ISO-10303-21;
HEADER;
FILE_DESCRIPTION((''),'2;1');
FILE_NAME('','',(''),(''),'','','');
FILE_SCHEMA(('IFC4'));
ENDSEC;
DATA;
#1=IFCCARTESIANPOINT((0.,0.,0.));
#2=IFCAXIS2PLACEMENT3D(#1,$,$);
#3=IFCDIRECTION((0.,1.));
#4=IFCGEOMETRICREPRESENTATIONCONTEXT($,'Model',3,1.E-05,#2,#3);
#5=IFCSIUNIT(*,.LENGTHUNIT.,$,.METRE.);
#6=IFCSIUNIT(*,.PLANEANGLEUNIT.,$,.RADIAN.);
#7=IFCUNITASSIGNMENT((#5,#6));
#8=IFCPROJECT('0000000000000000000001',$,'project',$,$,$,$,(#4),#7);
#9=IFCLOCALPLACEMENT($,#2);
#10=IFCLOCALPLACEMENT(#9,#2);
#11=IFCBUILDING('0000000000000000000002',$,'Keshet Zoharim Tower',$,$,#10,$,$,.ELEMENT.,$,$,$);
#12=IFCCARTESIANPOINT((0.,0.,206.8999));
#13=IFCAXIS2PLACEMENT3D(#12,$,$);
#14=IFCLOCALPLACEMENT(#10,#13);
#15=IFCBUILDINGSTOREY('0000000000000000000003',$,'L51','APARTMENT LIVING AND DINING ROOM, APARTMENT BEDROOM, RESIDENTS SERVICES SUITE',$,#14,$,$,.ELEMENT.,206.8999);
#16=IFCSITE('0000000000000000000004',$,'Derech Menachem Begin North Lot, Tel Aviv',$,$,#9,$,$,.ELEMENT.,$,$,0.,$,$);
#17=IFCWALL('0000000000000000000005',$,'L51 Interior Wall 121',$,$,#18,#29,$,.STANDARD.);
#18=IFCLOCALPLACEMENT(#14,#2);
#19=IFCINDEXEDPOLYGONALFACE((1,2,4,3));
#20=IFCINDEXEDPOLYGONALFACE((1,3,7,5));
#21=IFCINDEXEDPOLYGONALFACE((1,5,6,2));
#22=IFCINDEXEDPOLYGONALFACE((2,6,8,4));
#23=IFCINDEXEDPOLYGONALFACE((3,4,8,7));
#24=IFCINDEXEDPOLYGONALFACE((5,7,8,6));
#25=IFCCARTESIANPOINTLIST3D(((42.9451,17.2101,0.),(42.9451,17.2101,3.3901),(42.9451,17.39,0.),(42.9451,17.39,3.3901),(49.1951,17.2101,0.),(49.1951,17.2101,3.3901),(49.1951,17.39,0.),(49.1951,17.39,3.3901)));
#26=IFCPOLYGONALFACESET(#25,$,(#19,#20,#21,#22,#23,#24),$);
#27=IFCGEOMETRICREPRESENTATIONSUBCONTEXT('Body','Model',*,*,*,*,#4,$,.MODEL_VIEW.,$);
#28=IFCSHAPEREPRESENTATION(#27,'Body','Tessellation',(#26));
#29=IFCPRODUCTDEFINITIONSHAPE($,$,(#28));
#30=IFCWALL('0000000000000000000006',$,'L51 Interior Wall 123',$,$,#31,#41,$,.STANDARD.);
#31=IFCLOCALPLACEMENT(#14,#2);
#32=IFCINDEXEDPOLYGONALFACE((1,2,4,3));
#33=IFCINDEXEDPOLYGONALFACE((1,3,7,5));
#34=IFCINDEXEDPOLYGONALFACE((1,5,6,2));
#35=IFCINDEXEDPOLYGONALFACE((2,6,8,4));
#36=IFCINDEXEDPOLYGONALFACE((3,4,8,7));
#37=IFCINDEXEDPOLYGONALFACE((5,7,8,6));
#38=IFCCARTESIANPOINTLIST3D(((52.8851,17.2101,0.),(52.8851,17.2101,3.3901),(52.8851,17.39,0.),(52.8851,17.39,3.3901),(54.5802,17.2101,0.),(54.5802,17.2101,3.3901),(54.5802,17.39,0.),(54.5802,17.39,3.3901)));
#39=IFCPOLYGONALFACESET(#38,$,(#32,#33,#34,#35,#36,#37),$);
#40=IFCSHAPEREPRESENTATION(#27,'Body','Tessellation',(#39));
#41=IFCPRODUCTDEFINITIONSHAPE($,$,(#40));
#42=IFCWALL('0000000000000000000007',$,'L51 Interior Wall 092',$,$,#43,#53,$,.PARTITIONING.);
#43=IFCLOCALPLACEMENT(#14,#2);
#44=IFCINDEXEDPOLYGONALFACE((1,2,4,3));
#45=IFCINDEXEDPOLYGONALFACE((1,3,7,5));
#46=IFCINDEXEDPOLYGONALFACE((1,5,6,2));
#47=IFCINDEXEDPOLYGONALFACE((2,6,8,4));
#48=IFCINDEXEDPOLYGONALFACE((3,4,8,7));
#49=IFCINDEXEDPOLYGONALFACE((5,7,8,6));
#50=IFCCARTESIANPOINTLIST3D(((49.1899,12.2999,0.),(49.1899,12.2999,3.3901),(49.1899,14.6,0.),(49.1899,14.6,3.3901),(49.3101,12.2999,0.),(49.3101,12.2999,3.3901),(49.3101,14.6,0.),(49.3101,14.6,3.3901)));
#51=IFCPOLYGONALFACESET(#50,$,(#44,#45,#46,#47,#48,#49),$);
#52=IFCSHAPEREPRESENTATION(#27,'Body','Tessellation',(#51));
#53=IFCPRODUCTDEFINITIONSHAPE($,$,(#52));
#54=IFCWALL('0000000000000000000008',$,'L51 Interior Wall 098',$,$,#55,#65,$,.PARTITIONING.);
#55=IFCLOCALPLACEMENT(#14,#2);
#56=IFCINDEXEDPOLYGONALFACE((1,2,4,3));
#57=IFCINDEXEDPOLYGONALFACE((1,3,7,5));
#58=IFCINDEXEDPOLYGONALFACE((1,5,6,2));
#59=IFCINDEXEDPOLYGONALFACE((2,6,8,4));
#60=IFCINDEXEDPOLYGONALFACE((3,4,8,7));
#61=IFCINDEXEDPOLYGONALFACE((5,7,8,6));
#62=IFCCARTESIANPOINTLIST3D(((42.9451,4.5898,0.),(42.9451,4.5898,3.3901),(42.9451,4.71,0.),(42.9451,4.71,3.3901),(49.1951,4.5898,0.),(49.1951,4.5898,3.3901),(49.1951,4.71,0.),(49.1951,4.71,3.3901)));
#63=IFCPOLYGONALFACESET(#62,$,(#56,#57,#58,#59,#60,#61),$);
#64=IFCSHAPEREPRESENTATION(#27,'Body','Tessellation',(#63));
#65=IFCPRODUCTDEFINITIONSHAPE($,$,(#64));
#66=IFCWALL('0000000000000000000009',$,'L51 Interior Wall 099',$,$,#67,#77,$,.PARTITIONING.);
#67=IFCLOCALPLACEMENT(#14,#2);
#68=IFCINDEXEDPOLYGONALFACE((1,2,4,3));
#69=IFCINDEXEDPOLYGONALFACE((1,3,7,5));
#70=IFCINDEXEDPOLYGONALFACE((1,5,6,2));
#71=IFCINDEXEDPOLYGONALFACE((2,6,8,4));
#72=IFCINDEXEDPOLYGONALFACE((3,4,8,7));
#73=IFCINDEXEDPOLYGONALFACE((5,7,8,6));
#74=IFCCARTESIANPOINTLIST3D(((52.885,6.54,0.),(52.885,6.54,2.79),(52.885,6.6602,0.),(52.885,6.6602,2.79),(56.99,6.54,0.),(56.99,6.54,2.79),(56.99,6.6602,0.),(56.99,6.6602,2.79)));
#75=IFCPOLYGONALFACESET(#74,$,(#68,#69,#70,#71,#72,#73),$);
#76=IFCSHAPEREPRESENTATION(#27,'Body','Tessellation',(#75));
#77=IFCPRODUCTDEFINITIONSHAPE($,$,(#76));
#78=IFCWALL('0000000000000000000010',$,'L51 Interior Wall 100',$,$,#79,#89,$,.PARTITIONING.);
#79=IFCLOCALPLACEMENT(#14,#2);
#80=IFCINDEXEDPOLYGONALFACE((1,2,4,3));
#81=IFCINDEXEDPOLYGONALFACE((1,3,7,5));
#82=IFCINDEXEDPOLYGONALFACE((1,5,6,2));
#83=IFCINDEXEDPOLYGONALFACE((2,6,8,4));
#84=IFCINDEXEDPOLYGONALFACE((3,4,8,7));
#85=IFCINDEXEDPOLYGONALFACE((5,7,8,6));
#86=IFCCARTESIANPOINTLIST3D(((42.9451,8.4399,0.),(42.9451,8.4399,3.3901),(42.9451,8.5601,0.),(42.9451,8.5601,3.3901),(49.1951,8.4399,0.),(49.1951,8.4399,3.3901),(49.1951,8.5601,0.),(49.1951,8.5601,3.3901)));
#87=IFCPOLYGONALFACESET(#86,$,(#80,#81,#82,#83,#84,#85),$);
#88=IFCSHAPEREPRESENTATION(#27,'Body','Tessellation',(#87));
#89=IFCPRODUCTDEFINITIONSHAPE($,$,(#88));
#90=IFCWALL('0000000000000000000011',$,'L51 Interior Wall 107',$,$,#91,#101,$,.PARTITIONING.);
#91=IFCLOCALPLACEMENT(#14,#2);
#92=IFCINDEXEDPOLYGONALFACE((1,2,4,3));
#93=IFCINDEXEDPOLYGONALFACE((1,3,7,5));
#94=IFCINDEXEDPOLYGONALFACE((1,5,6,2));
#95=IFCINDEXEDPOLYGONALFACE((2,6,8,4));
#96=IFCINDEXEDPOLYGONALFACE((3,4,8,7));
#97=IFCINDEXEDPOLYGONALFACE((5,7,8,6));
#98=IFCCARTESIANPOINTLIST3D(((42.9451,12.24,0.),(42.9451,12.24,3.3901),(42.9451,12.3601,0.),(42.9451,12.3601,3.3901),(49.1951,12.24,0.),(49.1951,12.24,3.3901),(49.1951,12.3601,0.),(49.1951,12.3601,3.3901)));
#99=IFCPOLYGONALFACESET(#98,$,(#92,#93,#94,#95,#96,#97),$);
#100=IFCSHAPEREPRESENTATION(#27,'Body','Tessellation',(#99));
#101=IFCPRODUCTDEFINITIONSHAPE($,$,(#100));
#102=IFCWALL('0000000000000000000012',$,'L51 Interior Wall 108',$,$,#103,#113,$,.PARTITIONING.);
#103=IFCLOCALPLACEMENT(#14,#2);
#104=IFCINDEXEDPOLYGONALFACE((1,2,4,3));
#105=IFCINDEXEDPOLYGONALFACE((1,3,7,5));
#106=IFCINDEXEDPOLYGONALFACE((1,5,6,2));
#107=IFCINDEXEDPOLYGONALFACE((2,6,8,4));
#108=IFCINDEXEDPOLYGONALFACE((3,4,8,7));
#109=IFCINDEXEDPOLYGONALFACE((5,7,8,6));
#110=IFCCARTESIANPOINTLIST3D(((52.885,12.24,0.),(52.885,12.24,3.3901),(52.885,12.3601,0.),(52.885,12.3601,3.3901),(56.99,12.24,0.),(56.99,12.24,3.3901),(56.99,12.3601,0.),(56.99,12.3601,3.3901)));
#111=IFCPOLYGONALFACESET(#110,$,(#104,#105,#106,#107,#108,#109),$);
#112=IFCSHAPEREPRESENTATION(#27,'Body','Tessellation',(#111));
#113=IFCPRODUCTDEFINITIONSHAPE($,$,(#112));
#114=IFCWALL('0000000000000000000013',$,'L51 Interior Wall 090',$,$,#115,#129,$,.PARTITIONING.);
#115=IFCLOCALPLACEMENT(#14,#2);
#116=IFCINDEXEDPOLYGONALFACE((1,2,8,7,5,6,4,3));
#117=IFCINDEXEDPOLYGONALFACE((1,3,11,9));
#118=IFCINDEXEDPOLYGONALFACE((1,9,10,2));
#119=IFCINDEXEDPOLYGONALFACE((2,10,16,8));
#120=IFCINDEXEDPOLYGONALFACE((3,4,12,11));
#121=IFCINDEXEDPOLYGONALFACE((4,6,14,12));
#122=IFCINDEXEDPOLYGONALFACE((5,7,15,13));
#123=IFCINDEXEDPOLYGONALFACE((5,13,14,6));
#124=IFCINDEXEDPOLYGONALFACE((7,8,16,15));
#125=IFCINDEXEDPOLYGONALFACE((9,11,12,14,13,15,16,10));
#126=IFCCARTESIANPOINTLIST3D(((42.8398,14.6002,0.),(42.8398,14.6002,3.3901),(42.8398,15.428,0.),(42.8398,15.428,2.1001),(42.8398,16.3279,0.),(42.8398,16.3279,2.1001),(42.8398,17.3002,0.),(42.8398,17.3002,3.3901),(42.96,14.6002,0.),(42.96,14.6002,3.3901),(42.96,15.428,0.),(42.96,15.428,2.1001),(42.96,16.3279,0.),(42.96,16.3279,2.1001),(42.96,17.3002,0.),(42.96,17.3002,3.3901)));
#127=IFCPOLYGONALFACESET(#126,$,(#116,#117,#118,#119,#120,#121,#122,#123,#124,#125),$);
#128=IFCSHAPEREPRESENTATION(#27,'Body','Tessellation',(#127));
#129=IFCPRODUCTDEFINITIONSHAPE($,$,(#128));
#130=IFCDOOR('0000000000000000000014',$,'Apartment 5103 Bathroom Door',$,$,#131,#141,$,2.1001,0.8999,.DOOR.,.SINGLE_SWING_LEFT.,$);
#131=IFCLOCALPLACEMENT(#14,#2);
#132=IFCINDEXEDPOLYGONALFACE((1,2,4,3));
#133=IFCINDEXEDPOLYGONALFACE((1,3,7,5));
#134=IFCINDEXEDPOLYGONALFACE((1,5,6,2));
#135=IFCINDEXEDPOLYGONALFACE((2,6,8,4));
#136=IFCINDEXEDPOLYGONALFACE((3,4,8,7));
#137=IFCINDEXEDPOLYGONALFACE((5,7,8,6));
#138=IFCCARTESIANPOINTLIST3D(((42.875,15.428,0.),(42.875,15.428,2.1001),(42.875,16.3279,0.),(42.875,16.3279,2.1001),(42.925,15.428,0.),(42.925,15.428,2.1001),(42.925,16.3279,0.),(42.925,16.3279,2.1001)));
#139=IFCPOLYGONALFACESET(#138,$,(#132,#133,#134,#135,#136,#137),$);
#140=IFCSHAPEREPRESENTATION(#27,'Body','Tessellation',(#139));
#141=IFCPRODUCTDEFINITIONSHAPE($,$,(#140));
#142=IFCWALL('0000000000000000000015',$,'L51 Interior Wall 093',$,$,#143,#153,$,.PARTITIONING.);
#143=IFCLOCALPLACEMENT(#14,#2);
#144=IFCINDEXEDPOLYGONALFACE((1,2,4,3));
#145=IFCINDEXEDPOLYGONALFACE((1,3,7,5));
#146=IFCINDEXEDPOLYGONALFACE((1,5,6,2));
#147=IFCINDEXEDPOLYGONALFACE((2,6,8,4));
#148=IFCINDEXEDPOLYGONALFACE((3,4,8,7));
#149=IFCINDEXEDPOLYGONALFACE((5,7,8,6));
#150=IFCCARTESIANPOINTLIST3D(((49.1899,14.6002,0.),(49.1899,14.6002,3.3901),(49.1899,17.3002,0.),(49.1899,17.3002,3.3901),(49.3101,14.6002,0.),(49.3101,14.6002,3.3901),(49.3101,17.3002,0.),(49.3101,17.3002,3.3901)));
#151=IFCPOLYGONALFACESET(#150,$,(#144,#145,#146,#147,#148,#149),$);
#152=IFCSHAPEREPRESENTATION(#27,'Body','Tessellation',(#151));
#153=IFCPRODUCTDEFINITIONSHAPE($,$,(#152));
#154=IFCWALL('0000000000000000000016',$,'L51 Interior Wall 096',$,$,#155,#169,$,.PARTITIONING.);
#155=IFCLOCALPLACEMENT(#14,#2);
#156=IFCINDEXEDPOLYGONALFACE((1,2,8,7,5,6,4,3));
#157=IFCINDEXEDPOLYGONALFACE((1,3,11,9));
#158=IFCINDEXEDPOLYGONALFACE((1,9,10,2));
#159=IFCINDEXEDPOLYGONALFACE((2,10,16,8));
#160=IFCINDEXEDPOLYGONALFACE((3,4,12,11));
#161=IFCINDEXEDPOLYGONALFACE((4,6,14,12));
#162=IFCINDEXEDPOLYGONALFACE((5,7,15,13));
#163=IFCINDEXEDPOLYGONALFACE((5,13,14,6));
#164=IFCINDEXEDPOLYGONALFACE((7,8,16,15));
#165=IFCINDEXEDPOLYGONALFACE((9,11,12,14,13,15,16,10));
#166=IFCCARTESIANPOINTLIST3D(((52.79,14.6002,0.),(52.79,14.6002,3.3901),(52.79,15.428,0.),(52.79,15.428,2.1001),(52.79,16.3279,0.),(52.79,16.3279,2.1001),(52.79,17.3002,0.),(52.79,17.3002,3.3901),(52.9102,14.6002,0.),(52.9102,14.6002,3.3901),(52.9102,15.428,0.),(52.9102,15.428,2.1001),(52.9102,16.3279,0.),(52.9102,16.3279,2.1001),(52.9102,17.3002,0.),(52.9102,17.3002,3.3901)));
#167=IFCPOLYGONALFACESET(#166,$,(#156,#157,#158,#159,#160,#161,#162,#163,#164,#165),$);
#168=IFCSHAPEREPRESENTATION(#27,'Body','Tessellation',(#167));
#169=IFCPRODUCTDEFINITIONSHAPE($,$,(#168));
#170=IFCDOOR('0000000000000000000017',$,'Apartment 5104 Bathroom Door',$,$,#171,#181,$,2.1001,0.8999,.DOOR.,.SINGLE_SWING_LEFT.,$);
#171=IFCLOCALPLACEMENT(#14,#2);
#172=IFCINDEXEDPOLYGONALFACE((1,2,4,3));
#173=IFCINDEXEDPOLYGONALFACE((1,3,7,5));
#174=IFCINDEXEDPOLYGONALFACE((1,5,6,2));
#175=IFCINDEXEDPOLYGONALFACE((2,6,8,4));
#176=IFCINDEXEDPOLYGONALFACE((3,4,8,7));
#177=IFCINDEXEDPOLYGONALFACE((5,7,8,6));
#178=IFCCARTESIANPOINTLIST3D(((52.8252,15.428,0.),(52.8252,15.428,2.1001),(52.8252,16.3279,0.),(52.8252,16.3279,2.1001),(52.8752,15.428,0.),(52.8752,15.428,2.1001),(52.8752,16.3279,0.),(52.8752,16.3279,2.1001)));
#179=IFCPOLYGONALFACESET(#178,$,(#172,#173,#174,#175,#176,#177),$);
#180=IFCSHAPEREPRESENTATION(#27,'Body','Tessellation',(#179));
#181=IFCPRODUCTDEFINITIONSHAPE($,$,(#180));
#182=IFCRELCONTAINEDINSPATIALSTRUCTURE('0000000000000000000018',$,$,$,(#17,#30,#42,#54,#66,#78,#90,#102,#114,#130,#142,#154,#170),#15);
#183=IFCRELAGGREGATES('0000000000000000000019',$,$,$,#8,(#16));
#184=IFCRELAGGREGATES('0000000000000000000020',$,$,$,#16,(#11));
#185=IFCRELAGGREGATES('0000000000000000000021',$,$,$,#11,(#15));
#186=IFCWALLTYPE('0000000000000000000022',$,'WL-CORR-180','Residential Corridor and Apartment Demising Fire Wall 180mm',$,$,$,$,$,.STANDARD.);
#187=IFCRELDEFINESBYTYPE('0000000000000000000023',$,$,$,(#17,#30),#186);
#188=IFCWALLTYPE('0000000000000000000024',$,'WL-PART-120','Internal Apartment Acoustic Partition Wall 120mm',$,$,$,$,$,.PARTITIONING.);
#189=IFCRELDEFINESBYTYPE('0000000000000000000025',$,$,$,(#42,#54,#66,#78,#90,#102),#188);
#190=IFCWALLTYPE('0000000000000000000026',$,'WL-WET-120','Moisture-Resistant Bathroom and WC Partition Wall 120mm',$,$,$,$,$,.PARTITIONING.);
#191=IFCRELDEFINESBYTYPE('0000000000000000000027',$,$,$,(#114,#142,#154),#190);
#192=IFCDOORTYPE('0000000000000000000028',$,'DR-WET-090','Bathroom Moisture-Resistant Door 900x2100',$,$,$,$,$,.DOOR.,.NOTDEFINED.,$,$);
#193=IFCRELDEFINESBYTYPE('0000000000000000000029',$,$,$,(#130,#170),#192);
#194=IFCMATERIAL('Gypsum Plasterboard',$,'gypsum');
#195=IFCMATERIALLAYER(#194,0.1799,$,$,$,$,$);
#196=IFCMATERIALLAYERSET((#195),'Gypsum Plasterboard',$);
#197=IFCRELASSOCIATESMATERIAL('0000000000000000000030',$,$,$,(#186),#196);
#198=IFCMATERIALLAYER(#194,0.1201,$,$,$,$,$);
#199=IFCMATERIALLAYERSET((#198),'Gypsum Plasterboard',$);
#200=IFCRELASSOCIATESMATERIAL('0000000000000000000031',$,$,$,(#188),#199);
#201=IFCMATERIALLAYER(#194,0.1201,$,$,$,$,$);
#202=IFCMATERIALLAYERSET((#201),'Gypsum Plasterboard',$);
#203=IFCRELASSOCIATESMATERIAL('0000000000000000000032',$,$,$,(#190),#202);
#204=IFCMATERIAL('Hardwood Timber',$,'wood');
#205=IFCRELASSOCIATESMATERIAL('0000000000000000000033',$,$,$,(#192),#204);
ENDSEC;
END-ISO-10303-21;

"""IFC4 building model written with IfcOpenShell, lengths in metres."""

from ifc_helpers import new_model, si_unit, direction, frame, frame_2d, origin, place, context, subcontext, project, spatial, rectangle, extrude, material, layer, layer_set, type_object, element, fill, save


model = new_model("IFC4")

# Units and contexts
model_context = context("Model", 3, precision=1e-05, world=origin(), true_north=direction((0.0, 1.0)))
body_context = subcontext(model_context, "Body", "Model", "MODEL_VIEW")
ifc_project = project(units=[si_unit("LENGTHUNIT", "METRE"), si_unit("PLANEANGLEUNIT", "RADIAN")], contexts=[model_context])

# Site, building, storey
site_placement = place(None, origin())
site = spatial("IfcSite", under=ifc_project, at=site_placement, Name="Derech Menachem Begin North Lot, Tel Aviv", CompositionType="ELEMENT", RefElevation=0.0)
building_placement = place(site_placement, origin())
building = spatial("IfcBuilding", under=site, at=building_placement, Name="Keshet Zoharim Tower", CompositionType="ELEMENT")
storey_placement = place(building_placement, frame((0.0, 0.0, 206.8999)))
storey = spatial("IfcBuildingStorey", under=building, at=storey_placement, Name="L51", Description="APARTMENT LIVING AND DINING ROOM, APARTMENT BEDROOM, RESIDENTS SERVICES SUITE", CompositionType="ELEMENT", Elevation=206.8999)

# Wall
ifc_material_1 = material(Name="Gypsum Plasterboard", Category="gypsum")
ifc_layer_1 = layer(ifc_material_1, 0.1799)
ifc_layer_set_1 = layer_set([ifc_layer_1], Name="Gypsum Plasterboard")
wall_type_1 = type_object("IfcWallType", Name="WL-CORR-180", Description="Residential Corridor and Apartment Demising Fire Wall 180mm", PredefinedType="STANDARD", material=ifc_layer_set_1)
wall_1_placement = place(storey_placement, frame((42.9451, 17.3, 0.0), z_axis=(0.0, 0.0, 1.0), x_axis=(1.0, 0.0, 0.0)))
element("IfcWall", 1, at=wall_1_placement, inside=storey, type_object=wall_type_1, Name="L51 Interior Wall 121", PredefinedType="STANDARD", context=body_context, shape_type="SweptSolid", body=[
    extrude(rectangle(XDim=6.25, YDim=0.1799, at=frame_2d((3.125, 0.0))), origin(), (0.0, 0.0, 1.0), 3.3901),
])

# Shared definitions
ifc_material_2 = material(Name="Hardwood Timber", Category="wood")

# Walls
wall_2_placement = place(storey_placement, frame((52.885, 17.3, 0.0), z_axis=(0.0, 0.0, 1.0), x_axis=(1.0, 0.0, 0.0)))
element("IfcWall", 2, at=wall_2_placement, inside=storey, type_object=wall_type_1, Name="L51 Interior Wall 123", PredefinedType="STANDARD", context=body_context, shape_type="SweptSolid", body=[
    extrude(rectangle(XDim=1.6951, YDim=0.1799, at=frame_2d((0.8477, 0.0))), origin(), (0.0, 0.0, 1.0), 3.3901),
])
ifc_layer_2 = layer(ifc_material_1, 0.1201)
ifc_layer_set_2 = layer_set([ifc_layer_2], Name="Gypsum Plasterboard")
wall_type_2 = type_object("IfcWallType", Name="WL-PART-120", Description="Internal Apartment Acoustic Partition Wall 120mm", PredefinedType="PARTITIONING", material=ifc_layer_set_2)
wall_3_placement = place(storey_placement, frame((49.25, 12.3, 0.0), z_axis=(0.0, 0.0, 1.0), x_axis=(0.0, 1.0, 0.0)))
element("IfcWall", 3, at=wall_3_placement, inside=storey, type_object=wall_type_2, Name="L51 Interior Wall 092", PredefinedType="PARTITIONING", context=body_context, shape_type="SweptSolid", body=[
    extrude(rectangle(XDim=2.3, YDim=0.1201, at=frame_2d((1.1499, 0.0))), origin(), (0.0, 0.0, 1.0), 3.3901),
])

# Walls
wall_4_placement = place(storey_placement, frame((42.9451, 4.6499, 0.0), z_axis=(0.0, 0.0, 1.0), x_axis=(1.0, 0.0, 0.0)))
element("IfcWall", 4, at=wall_4_placement, inside=storey, type_object=wall_type_2, Name="L51 Interior Wall 098", PredefinedType="PARTITIONING", context=body_context, shape_type="SweptSolid", body=[
    extrude(rectangle(XDim=6.25, YDim=0.1201, at=frame_2d((3.125, 0.0))), origin(), (0.0, 0.0, 1.0), 3.3901),
])
wall_5_placement = place(storey_placement, frame((52.885, 6.6001, 0.0), z_axis=(0.0, 0.0, 1.0), x_axis=(1.0, 0.0, 0.0)))
element("IfcWall", 5, at=wall_5_placement, inside=storey, type_object=wall_type_2, Name="L51 Interior Wall 099", PredefinedType="PARTITIONING", context=body_context, shape_type="SweptSolid", body=[
    extrude(rectangle(XDim=4.105, YDim=0.1201, at=frame_2d((2.0525, 0.0))), origin(), (0.0, 0.0, 1.0), 2.79),
])
for number, where, z_axis, x_axis, name in (
    (6, (42.9451, 8.5, 0.0), (0.0, 0.0, 1.0), (1.0, 0.0, 0.0), "L51 Interior Wall 100"),
    (7, (42.9451, 12.3, 0.0), (0.0, 0.0, 1.0), (1.0, 0.0, 0.0), "L51 Interior Wall 107"),
):
    element("IfcWall", number, at=place(storey_placement, frame(where, z_axis=z_axis, x_axis=x_axis)), inside=storey, type_object=wall_type_2, Name=name, PredefinedType="PARTITIONING", context=body_context, shape_type="SweptSolid", body=[
        extrude(rectangle(XDim=6.25, YDim=0.1201, at=frame_2d((3.125, 0.0))), origin(), (0.0, 0.0, 1.0), 3.3901),
    ])
wall_6_placement = place(storey_placement, frame((52.885, 12.3, 0.0), z_axis=(0.0, 0.0, 1.0), x_axis=(1.0, 0.0, 0.0)))
element("IfcWall", 8, at=wall_6_placement, inside=storey, type_object=wall_type_2, Name="L51 Interior Wall 108", PredefinedType="PARTITIONING", context=body_context, shape_type="SweptSolid", body=[
    extrude(rectangle(XDim=4.105, YDim=0.1201, at=frame_2d((2.0525, 0.0))), origin(), (0.0, 0.0, 1.0), 3.3901),
])

# Wall, opening, door
ifc_layer_3 = layer(ifc_material_1, 0.1201)
ifc_layer_set_3 = layer_set([ifc_layer_3], Name="Gypsum Plasterboard")
wall_type_3 = type_object("IfcWallType", Name="WL-WET-120", Description="Moisture-Resistant Bathroom and WC Partition Wall 120mm", PredefinedType="PARTITIONING", material=ifc_layer_set_3)
wall_7_placement = place(storey_placement, frame((42.8999, 14.6001, 0.0), z_axis=(0.0, 0.0, 1.0), x_axis=(0.0, 1.0, 0.0)))
wall_7 = element("IfcWall", 9, at=wall_7_placement, inside=storey, type_object=wall_type_3, Name="L51 Interior Wall 090", PredefinedType="PARTITIONING", context=body_context, shape_type="SweptSolid", body=[
    extrude(rectangle(XDim=2.7, YDim=0.1201, at=frame_2d((1.3501, 0.0))), origin(), (0.0, 0.0, 1.0), 3.3901),
])
opening_1_placement = place(wall_7_placement, frame((0.8279, 0.0, 0.0)))
opening_1 = element("IfcOpeningElement", 10, at=opening_1_placement, cuts=wall_7, PredefinedType="OPENING", context=body_context, shape_type="SweptSolid", body=[
    extrude(rectangle(XDim=0.8999, YDim=2.1001, at=frame_2d((0.45, 1.05))), frame((0.0, 0.0701, 0.0), z_axis=(0.0, -1.0, 0.0), x_axis=(1.0, 0.0, 0.0)), (0.0, 0.0, 1.0), 0.1401),
])
door_type_1 = type_object("IfcDoorType", Name="DR-WET-090", Description="Bathroom Moisture-Resistant Door 900x2100", OperationType="NOTDEFINED", PredefinedType="DOOR", material=ifc_material_2)
door_1_placement = place(opening_1_placement, origin())
door_1 = element("IfcDoor", 11, at=door_1_placement, inside=storey, type_object=door_type_1, Name="Apartment 5103 Bathroom Door", OperationType="SINGLE_SWING_LEFT", OverallHeight=2.1001, OverallWidth=0.8999, PredefinedType="DOOR", context=body_context, shape_type="SweptSolid", body=[
    extrude(rectangle(XDim=0.8999, YDim=2.1001, at=frame_2d((0.45, 1.05))), frame((0.0, 0.0249, 0.0), z_axis=(0.0, -1.0, 0.0), x_axis=(1.0, 0.0, 0.0)), (0.0, 0.0, 1.0), 0.05),
])
fill(opening_1, door_1)

# Wall
wall_8_placement = place(storey_placement, frame((49.25, 14.6001, 0.0), z_axis=(0.0, 0.0, 1.0), x_axis=(0.0, 1.0, 0.0)))
element("IfcWall", 12, at=wall_8_placement, inside=storey, type_object=wall_type_3, Name="L51 Interior Wall 093", PredefinedType="PARTITIONING", context=body_context, shape_type="SweptSolid", body=[
    extrude(rectangle(XDim=2.7, YDim=0.1201, at=frame_2d((1.3501, 0.0))), origin(), (0.0, 0.0, 1.0), 3.3901),
])

# Wall, opening, door
wall_9_placement = place(storey_placement, frame((52.8501, 14.6001, 0.0), z_axis=(0.0, 0.0, 1.0), x_axis=(0.0, 1.0, 0.0)))
wall_9 = element("IfcWall", 13, at=wall_9_placement, inside=storey, type_object=wall_type_3, Name="L51 Interior Wall 096", PredefinedType="PARTITIONING", context=body_context, shape_type="SweptSolid", body=[
    extrude(rectangle(XDim=2.7, YDim=0.1201, at=frame_2d((1.3501, 0.0))), origin(), (0.0, 0.0, 1.0), 3.3901),
])
opening_2_placement = place(wall_9_placement, frame((0.8279, 0.0, 0.0)))
opening_2 = element("IfcOpeningElement", 14, at=opening_2_placement, cuts=wall_9, PredefinedType="OPENING", context=body_context, shape_type="SweptSolid", body=[
    extrude(rectangle(XDim=0.8999, YDim=2.1001, at=frame_2d((0.45, 1.05))), frame((0.0, 0.0701, 0.0), z_axis=(0.0, -1.0, 0.0), x_axis=(1.0, 0.0, 0.0)), (0.0, 0.0, 1.0), 0.1401),
])
door_2_placement = place(opening_2_placement, origin())
door_2 = element("IfcDoor", 15, at=door_2_placement, inside=storey, type_object=door_type_1, Name="Apartment 5104 Bathroom Door", OperationType="SINGLE_SWING_LEFT", OverallHeight=2.1001, OverallWidth=0.8999, PredefinedType="DOOR", context=body_context, shape_type="SweptSolid", body=[
    extrude(rectangle(XDim=0.8999, YDim=2.1001, at=frame_2d((0.45, 1.05))), frame((0.0, 0.0249, 0.0), z_axis=(0.0, -1.0, 0.0), x_axis=(1.0, 0.0, 0.0)), (0.0, 0.0, 1.0), 0.05),
])
fill(opening_2, door_2)

save(model, "model.ifc")
